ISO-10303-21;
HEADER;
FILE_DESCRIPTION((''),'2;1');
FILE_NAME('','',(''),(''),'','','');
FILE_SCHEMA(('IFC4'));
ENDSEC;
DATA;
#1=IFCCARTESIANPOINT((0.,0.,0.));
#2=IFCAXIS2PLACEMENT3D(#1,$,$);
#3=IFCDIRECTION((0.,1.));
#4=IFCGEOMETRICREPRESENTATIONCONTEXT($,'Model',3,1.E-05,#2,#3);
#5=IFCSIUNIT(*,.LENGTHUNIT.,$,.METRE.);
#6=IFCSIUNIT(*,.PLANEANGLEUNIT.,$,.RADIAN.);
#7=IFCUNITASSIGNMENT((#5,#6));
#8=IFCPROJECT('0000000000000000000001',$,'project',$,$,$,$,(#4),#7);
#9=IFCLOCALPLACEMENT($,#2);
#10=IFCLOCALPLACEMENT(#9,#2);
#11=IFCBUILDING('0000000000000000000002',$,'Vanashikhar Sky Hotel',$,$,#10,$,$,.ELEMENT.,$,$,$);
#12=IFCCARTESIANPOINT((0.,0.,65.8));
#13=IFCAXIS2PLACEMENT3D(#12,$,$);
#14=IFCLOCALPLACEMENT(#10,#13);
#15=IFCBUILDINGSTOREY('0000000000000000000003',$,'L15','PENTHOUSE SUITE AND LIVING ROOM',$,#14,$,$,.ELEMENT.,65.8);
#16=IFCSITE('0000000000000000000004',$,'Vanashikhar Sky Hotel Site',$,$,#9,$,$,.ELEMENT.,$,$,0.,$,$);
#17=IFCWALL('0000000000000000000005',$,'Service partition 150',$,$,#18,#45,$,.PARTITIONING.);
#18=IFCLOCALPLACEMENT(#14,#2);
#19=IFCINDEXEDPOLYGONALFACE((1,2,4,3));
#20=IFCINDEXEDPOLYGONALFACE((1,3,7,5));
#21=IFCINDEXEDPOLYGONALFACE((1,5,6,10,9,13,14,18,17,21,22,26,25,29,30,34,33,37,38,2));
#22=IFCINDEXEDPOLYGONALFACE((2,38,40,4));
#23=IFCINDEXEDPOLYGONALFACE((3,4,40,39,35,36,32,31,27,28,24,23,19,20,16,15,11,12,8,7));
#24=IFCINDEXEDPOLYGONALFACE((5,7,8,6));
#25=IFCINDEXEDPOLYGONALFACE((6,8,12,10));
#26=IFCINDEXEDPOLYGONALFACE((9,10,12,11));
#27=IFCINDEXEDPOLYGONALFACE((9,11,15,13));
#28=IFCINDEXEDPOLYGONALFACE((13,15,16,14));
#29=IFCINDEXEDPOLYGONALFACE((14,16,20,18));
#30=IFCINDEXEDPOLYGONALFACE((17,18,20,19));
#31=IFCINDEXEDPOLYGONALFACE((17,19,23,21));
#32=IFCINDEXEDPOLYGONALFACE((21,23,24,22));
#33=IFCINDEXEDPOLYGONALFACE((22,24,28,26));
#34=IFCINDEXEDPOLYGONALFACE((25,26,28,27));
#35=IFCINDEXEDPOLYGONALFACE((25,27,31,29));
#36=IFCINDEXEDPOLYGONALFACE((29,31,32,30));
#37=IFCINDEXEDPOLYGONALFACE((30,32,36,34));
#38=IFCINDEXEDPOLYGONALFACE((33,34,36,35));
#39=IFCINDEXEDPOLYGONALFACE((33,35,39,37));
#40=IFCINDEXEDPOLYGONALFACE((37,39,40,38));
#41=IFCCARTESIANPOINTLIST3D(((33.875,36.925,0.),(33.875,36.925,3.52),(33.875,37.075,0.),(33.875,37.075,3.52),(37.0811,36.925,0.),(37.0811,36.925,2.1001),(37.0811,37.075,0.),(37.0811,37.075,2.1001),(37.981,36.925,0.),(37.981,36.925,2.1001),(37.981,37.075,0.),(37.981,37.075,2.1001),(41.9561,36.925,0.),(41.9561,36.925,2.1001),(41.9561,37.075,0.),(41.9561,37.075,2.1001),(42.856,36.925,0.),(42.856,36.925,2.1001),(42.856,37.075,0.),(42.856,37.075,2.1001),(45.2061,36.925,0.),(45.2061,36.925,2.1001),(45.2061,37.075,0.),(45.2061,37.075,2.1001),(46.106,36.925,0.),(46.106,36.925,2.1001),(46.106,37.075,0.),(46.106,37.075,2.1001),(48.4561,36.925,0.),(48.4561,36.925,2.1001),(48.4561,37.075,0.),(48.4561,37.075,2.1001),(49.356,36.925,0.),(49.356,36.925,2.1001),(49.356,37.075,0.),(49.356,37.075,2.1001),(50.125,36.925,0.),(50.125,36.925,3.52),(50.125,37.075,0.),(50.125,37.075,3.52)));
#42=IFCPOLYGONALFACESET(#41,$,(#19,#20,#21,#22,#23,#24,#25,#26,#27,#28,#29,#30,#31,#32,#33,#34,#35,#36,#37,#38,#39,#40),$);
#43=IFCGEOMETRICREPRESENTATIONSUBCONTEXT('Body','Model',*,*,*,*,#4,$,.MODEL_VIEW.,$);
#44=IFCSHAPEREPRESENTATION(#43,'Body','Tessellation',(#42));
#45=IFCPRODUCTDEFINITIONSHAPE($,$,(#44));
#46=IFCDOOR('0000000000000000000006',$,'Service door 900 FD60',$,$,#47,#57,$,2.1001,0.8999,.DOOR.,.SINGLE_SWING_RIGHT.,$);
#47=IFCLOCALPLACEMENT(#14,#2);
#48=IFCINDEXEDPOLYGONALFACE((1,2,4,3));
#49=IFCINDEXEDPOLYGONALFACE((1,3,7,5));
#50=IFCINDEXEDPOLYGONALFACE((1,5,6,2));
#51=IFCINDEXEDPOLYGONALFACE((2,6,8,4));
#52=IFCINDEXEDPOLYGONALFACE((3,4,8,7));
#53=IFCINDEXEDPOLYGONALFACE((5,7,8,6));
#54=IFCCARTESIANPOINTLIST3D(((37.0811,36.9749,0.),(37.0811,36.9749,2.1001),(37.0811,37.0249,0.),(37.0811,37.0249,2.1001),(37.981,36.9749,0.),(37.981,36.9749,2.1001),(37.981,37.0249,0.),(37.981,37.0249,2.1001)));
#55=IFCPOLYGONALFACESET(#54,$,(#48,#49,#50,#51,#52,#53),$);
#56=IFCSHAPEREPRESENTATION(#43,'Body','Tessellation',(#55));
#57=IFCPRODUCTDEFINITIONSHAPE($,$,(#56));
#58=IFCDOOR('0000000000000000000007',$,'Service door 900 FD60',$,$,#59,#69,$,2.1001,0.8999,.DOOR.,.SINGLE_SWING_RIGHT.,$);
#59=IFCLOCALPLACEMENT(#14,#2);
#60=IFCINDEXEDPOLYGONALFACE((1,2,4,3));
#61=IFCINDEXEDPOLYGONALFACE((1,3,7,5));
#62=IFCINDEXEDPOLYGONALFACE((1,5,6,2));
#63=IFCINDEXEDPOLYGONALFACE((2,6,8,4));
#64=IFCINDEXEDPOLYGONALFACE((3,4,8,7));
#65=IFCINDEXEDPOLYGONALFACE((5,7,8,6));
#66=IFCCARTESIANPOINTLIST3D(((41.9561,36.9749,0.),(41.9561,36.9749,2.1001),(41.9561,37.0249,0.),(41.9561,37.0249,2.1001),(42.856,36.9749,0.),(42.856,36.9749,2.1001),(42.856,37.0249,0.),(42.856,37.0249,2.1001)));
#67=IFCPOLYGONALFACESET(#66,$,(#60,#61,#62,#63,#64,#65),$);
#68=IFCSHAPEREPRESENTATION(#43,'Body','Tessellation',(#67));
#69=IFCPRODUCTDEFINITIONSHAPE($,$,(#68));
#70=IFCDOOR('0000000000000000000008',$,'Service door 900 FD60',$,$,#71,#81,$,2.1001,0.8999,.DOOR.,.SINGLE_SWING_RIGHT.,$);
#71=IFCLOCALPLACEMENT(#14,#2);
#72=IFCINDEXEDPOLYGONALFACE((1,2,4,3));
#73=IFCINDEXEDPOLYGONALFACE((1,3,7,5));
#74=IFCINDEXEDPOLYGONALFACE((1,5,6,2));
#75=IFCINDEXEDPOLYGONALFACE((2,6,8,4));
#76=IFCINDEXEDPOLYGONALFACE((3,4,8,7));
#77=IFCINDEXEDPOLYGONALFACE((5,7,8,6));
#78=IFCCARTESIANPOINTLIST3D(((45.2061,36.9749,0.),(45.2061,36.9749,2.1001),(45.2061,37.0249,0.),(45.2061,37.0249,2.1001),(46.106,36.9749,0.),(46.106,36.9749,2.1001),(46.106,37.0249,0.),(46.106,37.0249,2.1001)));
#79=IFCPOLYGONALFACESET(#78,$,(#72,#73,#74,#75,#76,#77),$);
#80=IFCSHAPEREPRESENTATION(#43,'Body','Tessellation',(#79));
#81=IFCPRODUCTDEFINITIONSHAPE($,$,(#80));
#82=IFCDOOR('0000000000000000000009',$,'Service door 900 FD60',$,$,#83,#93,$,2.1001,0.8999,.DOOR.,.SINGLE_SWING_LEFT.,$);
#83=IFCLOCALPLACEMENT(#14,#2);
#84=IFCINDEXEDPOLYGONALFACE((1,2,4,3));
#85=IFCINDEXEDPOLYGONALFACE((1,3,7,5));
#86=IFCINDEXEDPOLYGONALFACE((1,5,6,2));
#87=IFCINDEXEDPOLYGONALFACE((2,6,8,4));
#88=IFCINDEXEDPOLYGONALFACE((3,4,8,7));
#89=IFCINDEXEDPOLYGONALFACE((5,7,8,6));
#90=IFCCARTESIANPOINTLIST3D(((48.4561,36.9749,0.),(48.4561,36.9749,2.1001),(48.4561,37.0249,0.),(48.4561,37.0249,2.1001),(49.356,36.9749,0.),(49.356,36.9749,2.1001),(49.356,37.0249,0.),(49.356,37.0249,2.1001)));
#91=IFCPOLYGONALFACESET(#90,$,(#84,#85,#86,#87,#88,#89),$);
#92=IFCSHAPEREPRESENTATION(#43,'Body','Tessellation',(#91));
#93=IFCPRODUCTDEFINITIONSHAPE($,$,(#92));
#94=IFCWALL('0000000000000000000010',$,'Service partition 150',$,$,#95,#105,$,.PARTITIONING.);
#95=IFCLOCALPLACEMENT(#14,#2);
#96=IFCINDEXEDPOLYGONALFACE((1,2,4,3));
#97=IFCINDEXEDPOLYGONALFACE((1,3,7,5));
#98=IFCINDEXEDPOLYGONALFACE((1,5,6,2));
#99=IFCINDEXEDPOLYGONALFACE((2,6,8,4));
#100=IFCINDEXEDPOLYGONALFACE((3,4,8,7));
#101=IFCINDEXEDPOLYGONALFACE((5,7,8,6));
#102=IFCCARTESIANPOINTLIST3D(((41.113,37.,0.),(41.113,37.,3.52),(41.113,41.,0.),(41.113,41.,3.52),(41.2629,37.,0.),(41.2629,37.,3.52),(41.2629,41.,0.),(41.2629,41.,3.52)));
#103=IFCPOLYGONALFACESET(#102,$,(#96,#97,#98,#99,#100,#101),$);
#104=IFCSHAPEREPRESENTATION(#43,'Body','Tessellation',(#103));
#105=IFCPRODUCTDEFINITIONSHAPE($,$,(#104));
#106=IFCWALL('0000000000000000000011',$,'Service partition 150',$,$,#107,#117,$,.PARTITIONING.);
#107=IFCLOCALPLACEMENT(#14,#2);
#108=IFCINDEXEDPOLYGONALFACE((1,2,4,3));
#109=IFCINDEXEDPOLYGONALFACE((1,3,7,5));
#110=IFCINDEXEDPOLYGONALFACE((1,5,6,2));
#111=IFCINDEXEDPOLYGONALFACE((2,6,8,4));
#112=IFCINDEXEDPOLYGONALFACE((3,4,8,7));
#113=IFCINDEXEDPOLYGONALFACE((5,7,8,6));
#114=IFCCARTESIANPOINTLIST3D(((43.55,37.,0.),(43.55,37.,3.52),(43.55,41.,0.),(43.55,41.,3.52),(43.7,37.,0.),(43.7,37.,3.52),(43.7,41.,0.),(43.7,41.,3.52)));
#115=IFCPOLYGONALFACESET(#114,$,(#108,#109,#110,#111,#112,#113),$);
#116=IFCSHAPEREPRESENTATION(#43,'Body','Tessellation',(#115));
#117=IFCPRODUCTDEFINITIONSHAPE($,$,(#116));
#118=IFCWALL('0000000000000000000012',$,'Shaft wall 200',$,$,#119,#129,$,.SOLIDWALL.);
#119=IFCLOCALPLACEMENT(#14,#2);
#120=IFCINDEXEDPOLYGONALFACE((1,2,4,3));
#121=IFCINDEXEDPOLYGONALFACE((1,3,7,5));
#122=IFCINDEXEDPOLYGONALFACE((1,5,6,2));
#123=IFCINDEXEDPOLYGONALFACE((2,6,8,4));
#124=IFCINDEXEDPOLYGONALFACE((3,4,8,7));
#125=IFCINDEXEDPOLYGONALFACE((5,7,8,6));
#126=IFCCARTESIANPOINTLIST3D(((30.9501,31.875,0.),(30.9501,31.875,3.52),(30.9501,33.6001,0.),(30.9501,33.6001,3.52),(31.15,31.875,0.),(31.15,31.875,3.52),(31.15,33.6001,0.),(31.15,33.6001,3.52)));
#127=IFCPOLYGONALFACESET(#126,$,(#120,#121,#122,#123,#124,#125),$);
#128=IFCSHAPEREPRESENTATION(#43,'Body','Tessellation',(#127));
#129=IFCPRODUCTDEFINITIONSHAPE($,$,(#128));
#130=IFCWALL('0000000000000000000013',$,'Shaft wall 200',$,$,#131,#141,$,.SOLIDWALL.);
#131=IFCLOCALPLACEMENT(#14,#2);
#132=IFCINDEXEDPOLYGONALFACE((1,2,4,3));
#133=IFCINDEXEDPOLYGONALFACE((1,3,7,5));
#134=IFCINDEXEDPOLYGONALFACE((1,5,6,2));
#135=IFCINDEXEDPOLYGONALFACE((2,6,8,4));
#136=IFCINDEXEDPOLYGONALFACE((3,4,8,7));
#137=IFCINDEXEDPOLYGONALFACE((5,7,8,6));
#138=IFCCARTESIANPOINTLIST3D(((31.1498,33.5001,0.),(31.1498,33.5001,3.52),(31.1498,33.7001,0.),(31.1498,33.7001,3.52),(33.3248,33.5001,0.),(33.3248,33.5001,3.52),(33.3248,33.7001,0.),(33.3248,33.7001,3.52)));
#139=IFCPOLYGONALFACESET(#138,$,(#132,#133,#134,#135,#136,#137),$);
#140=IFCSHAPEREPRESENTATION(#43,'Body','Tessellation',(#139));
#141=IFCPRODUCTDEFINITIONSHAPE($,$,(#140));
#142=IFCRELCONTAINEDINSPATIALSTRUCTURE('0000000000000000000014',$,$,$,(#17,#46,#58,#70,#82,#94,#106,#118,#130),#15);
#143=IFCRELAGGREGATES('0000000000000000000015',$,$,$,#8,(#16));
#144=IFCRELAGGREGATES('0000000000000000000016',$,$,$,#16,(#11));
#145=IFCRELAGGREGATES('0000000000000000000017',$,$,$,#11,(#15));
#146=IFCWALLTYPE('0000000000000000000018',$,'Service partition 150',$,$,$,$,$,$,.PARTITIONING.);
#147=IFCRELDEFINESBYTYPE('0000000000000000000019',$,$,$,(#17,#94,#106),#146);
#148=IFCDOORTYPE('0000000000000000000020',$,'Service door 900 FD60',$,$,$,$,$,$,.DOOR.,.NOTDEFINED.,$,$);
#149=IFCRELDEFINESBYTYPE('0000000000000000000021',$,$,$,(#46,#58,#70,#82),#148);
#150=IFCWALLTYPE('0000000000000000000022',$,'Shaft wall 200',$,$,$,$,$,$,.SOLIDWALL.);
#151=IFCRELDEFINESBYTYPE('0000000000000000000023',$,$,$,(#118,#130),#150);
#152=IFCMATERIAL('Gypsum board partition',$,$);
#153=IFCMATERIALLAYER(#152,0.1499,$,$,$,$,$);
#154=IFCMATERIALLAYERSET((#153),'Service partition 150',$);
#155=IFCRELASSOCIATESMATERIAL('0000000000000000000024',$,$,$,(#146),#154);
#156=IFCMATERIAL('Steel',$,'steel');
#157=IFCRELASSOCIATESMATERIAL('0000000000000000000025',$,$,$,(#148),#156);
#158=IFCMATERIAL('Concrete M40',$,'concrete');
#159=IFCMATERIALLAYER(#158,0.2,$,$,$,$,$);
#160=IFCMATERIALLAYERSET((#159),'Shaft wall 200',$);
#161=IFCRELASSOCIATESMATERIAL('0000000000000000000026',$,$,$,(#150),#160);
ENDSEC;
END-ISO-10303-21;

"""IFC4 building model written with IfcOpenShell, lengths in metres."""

from ifc_helpers import new_model, si_unit, direction, frame, frame_2d, origin, place, context, subcontext, project, spatial, rectangle, extrude, source, transform, mapped, material, layer, layer_set, type_object, element, fill, save


model = new_model("IFC4")

# Units and contexts
model_context = context("Model", 3, precision=1e-05, world=origin(), true_north=direction((0.0, 1.0)))
body_context = subcontext(model_context, "Body", "Model", "MODEL_VIEW")
ifc_project = project(units=[si_unit("LENGTHUNIT", "METRE"), si_unit("PLANEANGLEUNIT", "RADIAN")], contexts=[model_context])

# Site, building, storey
site_placement = place(None, origin())
site = spatial("IfcSite", under=ifc_project, at=site_placement, Name="Vanashikhar Sky Hotel Site", CompositionType="ELEMENT", RefElevation=0.0)
building_placement = place(site_placement, origin())
building = spatial("IfcBuilding", under=site, at=building_placement, Name="Vanashikhar Sky Hotel", CompositionType="ELEMENT")
storey_placement = place(building_placement, frame((0.0, 0.0, 65.8)))
storey = spatial("IfcBuildingStorey", under=building, at=storey_placement, Name="L15", Description="PENTHOUSE SUITE AND LIVING ROOM", CompositionType="ELEMENT", Elevation=65.8)

# Shared definitions
ifc_material_1 = material(Name="Steel", Category="steel")

# Shared definitions
ifc_material_2 = material(Name="Gypsum board partition")
ifc_layer_1 = layer(ifc_material_2, 0.1499)
ifc_layer_set_1 = layer_set([ifc_layer_1], Name="Service partition 150")
wall_type_1 = type_object("IfcWallType", Name="Service partition 150", PredefinedType="PARTITIONING", material=ifc_layer_set_1)

# Wall, openings, doors
shared_shape_1 = source(origin(), body_context, "Body", "SweptSolid", [
    extrude(rectangle(XDim=0.8999, YDim=2.1001, at=frame_2d((0.45, 1.05))), frame((0.0, 0.085, 0.0), z_axis=(0.0, -1.0, 0.0), x_axis=(1.0, 0.0, 0.0)), (0.0, 0.0, 1.0), 0.1699),
])
door_type_1 = type_object("IfcDoorType", Name="Service door 900 FD60", OperationType="NOTDEFINED", PredefinedType="DOOR", material=ifc_material_1)
shared_shape_2 = source(origin(), body_context, "Body", "SweptSolid", [
    extrude(rectangle(XDim=0.8999, YDim=2.1001, at=frame_2d((0.45, 1.05))), frame((0.0, 0.0249, 0.0), z_axis=(0.0, -1.0, 0.0), x_axis=(1.0, 0.0, 0.0)), (0.0, 0.0, 1.0), 0.05),
])
shared_shape_3 = source(origin(), body_context, "Body", "SweptSolid", [
    extrude(rectangle(XDim=16.25, YDim=0.1499, at=frame_2d((8.125, 0.0))), origin(), (0.0, 0.0, 1.0), 3.52),
])
wall_1_placement = place(storey_placement, frame((33.875, 37.0, 0.0), z_axis=(0.0, 0.0, 1.0), x_axis=(1.0, 0.0, 0.0)))
wall_1 = element("IfcWall", 1, at=wall_1_placement, inside=storey, type_object=wall_type_1, Name="Service partition 150", PredefinedType="PARTITIONING", context=body_context, shape_type="MappedRepresentation", body=[
    mapped(shared_shape_3, transform((0.0, 0.0, 0.0), scale=1.0)),
])
opening_1_placement = place(wall_1_placement, frame((3.2061, 0.0, 0.0)))
opening_1 = element("IfcOpeningElement", 2, at=opening_1_placement, cuts=wall_1, PredefinedType="OPENING", context=body_context, shape_type="MappedRepresentation", body=[
    mapped(shared_shape_1, transform((0.0, 0.0, 0.0), scale=1.0)),
])
opening_2_placement = place(wall_1_placement, frame((8.0811, 0.0, 0.0)))
opening_2 = element("IfcOpeningElement", 3, at=opening_2_placement, cuts=wall_1, PredefinedType="OPENING", context=body_context, shape_type="MappedRepresentation", body=[
    mapped(shared_shape_1, transform((0.0, 0.0, 0.0), scale=1.0)),
])
opening_3_placement = place(wall_1_placement, frame((11.3311, 0.0, 0.0)))
opening_3 = element("IfcOpeningElement", 4, at=opening_3_placement, cuts=wall_1, PredefinedType="OPENING", context=body_context, shape_type="MappedRepresentation", body=[
    mapped(shared_shape_1, transform((0.0, 0.0, 0.0), scale=1.0)),
])
opening_4_placement = place(wall_1_placement, frame((14.5811, 0.0, 0.0)))
opening_4 = element("IfcOpeningElement", 5, at=opening_4_placement, cuts=wall_1, PredefinedType="OPENING", context=body_context, shape_type="MappedRepresentation", body=[
    mapped(shared_shape_1, transform((0.0, 0.0, 0.0), scale=1.0)),
])
door_1_placement = place(opening_1_placement, origin())
door_1 = element("IfcDoor", 6, at=door_1_placement, inside=storey, type_object=door_type_1, Name="Service door 900 FD60", OperationType="SINGLE_SWING_RIGHT", OverallHeight=2.1001, OverallWidth=0.8999, PredefinedType="DOOR", context=body_context, shape_type="MappedRepresentation", body=[
    mapped(shared_shape_2, transform((0.0, 0.0, 0.0), scale=1.0)),
])
fill(opening_1, door_1)
door_2_placement = place(opening_2_placement, origin())
door_2 = element("IfcDoor", 7, at=door_2_placement, inside=storey, type_object=door_type_1, Name="Service door 900 FD60", OperationType="SINGLE_SWING_RIGHT", OverallHeight=2.1001, OverallWidth=0.8999, PredefinedType="DOOR", context=body_context, shape_type="MappedRepresentation", body=[
    mapped(shared_shape_2, transform((0.0, 0.0, 0.0), scale=1.0)),
])
fill(opening_2, door_2)
door_3_placement = place(opening_3_placement, origin())
door_3 = element("IfcDoor", 8, at=door_3_placement, inside=storey, type_object=door_type_1, Name="Service door 900 FD60", OperationType="SINGLE_SWING_RIGHT", OverallHeight=2.1001, OverallWidth=0.8999, PredefinedType="DOOR", context=body_context, shape_type="MappedRepresentation", body=[
    mapped(shared_shape_2, transform((0.0, 0.0, 0.0), scale=1.0)),
])
fill(opening_3, door_3)
door_4_placement = place(opening_4_placement, origin())
door_4 = element("IfcDoor", 9, at=door_4_placement, inside=storey, type_object=door_type_1, Name="Service door 900 FD60", OperationType="SINGLE_SWING_LEFT", OverallHeight=2.1001, OverallWidth=0.8999, PredefinedType="DOOR", context=body_context, shape_type="MappedRepresentation", body=[
    mapped(shared_shape_2, transform((0.0, 0.0, 0.0), scale=1.0)),
])
fill(opening_4, door_4)

# Walls
shared_shape_4 = source(origin(), body_context, "Body", "SweptSolid", [
    extrude(rectangle(XDim=4.0, YDim=0.1499, at=frame_2d((2.0, 0.0))), origin(), (0.0, 0.0, 1.0), 3.52),
])
for number, where, z_axis, x_axis, name in (
    (10, (41.188, 37.0, 0.0), (0.0, 0.0, 1.0), (0.0, 1.0, 0.0), "Service partition 150"),
    (11, (43.625, 37.0, 0.0), (0.0, 0.0, 1.0), (0.0, 1.0, 0.0), "Service partition 150"),
):
    element("IfcWall", number, at=place(storey_placement, frame(where, z_axis=z_axis, x_axis=x_axis)), inside=storey, type_object=wall_type_1, Name=name, PredefinedType="PARTITIONING", context=body_context, shape_type="MappedRepresentation", body=[
        mapped(shared_shape_4, transform((0.0, 0.0, 0.0), scale=1.0)),
    ])
ifc_material_3 = material(Name="Concrete M40", Category="concrete")
ifc_layer_2 = layer(ifc_material_3, 0.2)
ifc_layer_set_2 = layer_set([ifc_layer_2], Name="Shaft wall 200")
wall_type_2 = type_object("IfcWallType", Name="Shaft wall 200", PredefinedType="SOLIDWALL", material=ifc_layer_set_2)
shared_shape_5 = source(origin(), body_context, "Body", "SweptSolid", [
    extrude(rectangle(XDim=1.7251, YDim=0.2, at=frame_2d((0.8625, 0.0))), origin(), (0.0, 0.0, 1.0), 3.52),
])
wall_2_placement = place(storey_placement, frame((31.05, 31.875, 0.0), z_axis=(0.0, 0.0, 1.0), x_axis=(0.0, 1.0, 0.0)))
element("IfcWall", 12, at=wall_2_placement, inside=storey, type_object=wall_type_2, Name="Shaft wall 200", PredefinedType="SOLIDWALL", context=body_context, shape_type="MappedRepresentation", body=[
    mapped(shared_shape_5, transform((0.0, 0.0, 0.0), scale=1.0)),
])
shared_shape_6 = source(origin(), body_context, "Body", "SweptSolid", [
    extrude(rectangle(XDim=2.175, YDim=0.2, at=frame_2d((1.0874, 0.0))), origin(), (0.0, 0.0, 1.0), 3.52),
])
wall_3_placement = place(storey_placement, frame((31.1499, 33.6001, 0.0), z_axis=(0.0, 0.0, 1.0), x_axis=(1.0, 0.0, 0.0)))
element("IfcWall", 13, at=wall_3_placement, inside=storey, type_object=wall_type_2, Name="Shaft wall 200", PredefinedType="SOLIDWALL", context=body_context, shape_type="MappedRepresentation", body=[
    mapped(shared_shape_6, transform((0.0, 0.0, 0.0), scale=1.0)),
])

save(model, "model.ifc")
